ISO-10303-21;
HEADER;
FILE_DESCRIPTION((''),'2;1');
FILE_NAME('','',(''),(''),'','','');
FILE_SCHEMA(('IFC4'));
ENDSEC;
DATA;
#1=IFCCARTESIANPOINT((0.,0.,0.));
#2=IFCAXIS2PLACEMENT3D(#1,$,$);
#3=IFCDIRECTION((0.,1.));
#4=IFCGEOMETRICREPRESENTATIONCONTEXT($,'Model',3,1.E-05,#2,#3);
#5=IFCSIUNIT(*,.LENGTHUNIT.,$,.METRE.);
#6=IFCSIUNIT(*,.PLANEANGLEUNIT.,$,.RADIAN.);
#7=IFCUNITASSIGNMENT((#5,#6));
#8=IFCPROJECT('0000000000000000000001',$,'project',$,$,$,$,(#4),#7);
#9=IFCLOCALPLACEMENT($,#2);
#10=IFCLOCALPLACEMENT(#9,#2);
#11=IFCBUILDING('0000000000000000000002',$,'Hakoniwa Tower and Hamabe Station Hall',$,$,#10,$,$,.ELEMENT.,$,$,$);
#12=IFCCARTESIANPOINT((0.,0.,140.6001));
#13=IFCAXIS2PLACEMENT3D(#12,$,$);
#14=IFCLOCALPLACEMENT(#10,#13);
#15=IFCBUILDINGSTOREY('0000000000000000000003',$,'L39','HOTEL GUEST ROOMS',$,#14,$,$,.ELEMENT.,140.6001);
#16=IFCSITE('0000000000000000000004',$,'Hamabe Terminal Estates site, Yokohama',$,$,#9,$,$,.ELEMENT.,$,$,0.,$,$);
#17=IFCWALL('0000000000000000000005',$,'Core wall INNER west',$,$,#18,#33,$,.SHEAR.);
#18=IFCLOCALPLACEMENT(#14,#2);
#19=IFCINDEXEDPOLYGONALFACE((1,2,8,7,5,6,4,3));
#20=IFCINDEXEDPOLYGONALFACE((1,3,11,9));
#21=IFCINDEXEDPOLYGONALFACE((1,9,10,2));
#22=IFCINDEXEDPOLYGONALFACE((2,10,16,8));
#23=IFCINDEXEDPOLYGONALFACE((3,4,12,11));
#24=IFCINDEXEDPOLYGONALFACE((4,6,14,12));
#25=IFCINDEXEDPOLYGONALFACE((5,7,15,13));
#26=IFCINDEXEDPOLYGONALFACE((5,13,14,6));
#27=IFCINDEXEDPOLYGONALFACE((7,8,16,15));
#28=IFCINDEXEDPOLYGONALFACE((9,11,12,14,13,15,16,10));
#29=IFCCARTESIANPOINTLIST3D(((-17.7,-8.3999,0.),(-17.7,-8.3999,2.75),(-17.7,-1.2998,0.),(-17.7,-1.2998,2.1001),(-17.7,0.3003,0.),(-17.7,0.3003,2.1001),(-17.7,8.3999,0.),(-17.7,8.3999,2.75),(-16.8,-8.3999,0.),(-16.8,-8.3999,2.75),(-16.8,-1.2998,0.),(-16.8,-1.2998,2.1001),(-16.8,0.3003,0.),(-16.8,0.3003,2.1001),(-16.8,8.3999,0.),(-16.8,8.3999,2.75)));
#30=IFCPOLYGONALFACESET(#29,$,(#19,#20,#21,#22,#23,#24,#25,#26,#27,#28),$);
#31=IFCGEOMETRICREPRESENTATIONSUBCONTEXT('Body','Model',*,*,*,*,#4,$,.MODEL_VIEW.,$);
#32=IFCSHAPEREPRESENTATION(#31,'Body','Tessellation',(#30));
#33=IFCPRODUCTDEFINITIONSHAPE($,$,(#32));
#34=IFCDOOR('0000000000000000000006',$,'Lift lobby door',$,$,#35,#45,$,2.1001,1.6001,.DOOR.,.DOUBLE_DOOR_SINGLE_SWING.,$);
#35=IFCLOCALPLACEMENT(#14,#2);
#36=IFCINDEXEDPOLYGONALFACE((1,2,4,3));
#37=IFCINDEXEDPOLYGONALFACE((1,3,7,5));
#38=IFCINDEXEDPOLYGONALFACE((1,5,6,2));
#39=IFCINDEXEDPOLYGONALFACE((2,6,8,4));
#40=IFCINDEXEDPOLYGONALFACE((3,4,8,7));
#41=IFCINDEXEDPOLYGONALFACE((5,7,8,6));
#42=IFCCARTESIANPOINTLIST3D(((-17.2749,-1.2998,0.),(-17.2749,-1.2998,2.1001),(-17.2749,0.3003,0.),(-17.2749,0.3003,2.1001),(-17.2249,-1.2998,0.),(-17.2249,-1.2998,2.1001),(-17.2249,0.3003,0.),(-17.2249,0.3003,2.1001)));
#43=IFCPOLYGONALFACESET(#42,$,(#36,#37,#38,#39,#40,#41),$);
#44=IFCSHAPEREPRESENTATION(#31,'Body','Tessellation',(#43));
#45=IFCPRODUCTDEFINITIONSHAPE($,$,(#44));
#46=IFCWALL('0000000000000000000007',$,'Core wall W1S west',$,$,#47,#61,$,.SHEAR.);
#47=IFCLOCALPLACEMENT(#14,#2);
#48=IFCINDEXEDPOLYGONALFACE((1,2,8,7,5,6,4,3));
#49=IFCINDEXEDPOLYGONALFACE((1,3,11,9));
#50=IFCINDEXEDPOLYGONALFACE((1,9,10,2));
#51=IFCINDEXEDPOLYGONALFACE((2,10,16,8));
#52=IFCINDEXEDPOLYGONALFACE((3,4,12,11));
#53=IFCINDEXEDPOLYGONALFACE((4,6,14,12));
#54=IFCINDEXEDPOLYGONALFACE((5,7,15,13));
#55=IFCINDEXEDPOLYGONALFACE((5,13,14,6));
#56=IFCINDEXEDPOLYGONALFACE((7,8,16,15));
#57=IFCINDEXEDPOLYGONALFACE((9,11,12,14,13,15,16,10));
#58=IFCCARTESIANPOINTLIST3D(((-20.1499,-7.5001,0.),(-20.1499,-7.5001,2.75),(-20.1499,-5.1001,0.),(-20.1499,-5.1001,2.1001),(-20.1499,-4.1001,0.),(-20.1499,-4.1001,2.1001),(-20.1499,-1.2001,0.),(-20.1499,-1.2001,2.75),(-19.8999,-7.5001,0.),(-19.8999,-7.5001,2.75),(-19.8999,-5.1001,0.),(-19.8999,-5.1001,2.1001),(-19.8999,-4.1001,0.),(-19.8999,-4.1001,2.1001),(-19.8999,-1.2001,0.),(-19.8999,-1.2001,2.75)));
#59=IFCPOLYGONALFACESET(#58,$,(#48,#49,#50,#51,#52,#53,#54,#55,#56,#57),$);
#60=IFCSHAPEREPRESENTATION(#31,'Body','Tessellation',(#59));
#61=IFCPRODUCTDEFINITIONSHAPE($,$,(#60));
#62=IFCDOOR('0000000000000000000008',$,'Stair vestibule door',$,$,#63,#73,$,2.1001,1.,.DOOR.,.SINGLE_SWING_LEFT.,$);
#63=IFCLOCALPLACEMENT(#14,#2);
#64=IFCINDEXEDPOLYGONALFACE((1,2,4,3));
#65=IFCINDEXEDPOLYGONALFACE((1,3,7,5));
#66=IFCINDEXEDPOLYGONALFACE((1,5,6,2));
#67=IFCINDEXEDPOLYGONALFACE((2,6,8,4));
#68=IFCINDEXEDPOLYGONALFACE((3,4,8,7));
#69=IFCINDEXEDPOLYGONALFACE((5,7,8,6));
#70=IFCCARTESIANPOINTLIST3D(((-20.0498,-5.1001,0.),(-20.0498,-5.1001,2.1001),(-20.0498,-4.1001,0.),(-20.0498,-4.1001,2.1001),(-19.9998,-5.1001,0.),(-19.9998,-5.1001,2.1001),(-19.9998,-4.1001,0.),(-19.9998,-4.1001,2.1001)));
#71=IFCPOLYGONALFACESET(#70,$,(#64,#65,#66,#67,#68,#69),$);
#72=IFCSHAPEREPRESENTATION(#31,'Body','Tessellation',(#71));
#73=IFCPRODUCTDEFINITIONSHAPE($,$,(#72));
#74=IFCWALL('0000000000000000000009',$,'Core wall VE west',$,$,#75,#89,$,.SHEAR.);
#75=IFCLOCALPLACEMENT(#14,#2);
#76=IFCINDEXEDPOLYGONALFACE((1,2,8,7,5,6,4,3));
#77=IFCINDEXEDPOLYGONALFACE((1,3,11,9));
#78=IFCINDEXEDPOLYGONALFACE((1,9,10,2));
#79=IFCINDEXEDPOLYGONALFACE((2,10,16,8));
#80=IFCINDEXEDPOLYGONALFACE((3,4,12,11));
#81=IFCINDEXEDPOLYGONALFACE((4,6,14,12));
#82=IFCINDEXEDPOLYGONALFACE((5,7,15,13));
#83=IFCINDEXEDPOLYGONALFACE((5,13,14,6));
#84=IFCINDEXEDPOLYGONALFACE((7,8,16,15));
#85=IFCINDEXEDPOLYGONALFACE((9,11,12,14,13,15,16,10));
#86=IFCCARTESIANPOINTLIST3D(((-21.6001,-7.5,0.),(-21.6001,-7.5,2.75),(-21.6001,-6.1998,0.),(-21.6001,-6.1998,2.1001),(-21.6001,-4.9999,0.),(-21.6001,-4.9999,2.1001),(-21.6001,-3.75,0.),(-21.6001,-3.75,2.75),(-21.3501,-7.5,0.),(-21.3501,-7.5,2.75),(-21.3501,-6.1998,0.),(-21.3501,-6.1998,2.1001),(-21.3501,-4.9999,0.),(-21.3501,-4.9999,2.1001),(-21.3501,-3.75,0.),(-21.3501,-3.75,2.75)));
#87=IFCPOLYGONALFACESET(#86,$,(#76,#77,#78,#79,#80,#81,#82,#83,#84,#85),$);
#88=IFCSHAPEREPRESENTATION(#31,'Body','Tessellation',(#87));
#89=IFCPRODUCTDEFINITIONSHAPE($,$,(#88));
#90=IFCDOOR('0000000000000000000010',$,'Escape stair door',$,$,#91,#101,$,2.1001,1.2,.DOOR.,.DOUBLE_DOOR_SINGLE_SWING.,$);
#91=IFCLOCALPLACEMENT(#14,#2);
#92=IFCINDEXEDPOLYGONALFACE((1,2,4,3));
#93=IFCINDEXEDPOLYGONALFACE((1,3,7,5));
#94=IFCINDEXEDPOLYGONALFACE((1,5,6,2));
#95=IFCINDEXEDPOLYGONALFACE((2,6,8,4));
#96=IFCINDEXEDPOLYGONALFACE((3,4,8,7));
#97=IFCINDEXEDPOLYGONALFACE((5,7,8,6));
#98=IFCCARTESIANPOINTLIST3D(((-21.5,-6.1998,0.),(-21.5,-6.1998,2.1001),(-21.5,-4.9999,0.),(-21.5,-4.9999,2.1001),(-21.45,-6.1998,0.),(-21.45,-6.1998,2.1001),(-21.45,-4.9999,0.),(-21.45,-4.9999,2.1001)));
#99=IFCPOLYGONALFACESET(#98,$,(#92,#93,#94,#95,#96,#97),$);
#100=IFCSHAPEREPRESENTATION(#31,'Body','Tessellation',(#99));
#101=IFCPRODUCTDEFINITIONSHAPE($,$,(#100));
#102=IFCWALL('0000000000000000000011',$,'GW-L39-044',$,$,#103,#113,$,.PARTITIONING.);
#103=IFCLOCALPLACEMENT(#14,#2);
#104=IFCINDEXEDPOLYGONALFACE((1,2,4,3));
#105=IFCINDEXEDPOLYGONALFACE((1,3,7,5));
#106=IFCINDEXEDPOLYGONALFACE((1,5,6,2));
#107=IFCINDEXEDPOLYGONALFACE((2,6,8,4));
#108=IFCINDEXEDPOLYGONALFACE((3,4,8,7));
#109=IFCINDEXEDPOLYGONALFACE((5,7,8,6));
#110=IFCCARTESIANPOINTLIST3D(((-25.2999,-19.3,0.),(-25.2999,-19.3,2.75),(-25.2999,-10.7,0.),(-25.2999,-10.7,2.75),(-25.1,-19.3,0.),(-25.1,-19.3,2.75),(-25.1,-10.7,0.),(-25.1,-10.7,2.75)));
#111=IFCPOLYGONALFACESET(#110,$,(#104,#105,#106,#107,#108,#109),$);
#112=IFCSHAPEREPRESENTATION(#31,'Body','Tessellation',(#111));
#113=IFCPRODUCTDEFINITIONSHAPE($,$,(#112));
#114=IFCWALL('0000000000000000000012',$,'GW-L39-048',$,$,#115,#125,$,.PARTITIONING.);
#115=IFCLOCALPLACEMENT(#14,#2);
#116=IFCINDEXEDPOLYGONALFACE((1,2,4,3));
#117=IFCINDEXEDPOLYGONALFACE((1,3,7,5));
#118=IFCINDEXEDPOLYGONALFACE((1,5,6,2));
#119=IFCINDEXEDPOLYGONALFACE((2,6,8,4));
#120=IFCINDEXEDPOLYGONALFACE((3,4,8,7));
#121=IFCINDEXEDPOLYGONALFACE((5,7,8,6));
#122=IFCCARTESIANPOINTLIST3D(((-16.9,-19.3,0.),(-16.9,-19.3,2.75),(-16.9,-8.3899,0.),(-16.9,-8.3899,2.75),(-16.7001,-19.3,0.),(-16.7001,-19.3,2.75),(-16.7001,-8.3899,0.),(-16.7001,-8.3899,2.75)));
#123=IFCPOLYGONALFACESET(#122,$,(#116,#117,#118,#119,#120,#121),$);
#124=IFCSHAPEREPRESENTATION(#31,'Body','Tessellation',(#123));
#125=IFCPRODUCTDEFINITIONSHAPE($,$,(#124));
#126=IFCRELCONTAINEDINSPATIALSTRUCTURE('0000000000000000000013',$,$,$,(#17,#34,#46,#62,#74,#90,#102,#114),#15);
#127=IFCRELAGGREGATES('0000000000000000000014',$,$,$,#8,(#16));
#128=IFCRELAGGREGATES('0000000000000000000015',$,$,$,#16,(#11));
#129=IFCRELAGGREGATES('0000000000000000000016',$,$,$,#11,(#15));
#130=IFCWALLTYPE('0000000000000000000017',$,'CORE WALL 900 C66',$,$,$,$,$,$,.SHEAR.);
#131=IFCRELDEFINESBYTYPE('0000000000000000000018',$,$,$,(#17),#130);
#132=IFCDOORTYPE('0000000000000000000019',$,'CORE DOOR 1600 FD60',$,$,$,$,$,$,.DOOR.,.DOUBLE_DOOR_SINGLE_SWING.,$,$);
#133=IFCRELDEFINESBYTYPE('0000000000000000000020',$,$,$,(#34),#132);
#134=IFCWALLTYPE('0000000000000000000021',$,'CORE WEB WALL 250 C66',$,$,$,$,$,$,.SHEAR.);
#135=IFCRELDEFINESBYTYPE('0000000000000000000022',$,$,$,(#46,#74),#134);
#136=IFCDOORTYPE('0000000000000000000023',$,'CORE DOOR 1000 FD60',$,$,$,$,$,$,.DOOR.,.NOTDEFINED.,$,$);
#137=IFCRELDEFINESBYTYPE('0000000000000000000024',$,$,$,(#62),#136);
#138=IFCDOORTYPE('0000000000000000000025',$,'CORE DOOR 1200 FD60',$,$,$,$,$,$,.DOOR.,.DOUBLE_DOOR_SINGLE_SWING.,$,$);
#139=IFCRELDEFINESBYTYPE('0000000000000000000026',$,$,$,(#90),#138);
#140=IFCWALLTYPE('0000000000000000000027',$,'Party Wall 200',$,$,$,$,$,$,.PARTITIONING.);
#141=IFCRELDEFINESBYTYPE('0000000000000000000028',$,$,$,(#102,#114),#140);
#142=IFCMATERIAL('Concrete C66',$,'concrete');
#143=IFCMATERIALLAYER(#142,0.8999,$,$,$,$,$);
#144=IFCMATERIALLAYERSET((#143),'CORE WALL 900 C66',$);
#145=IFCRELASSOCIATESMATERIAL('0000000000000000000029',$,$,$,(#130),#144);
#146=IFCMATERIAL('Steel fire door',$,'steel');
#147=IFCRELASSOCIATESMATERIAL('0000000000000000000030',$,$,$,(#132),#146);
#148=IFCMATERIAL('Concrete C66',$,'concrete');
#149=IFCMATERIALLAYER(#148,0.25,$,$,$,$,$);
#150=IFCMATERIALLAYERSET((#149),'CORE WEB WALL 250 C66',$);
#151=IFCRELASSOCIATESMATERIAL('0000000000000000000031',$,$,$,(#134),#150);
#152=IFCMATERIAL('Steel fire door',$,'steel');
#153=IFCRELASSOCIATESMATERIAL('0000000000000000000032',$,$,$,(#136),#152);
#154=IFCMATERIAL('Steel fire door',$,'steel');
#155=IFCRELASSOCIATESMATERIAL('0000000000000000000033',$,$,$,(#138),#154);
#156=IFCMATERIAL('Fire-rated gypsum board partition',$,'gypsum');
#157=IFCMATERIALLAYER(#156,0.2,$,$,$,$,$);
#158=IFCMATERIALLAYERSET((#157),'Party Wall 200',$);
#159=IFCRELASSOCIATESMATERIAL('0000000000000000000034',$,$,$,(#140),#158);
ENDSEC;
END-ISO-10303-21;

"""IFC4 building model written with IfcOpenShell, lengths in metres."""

from ifc_helpers import new_model, si_unit, direction, frame, frame_2d, origin, place, context, subcontext, project, spatial, rectangle, extrude, material, layer, layer_set, type_object, element, fill, save


model = new_model("IFC4")

# Units and contexts
model_context = context("Model", 3, precision=1e-05, world=origin(), true_north=direction((0.0, 1.0)))
body_context = subcontext(model_context, "Body", "Model", "MODEL_VIEW")
ifc_project = project(units=[si_unit("LENGTHUNIT", "METRE"), si_unit("PLANEANGLEUNIT", "RADIAN")], contexts=[model_context])

# Site, building, storey
site_placement = place(None, origin())
site = spatial("IfcSite", under=ifc_project, at=site_placement, Name="Hamabe Terminal Estates site, Yokohama", CompositionType="ELEMENT", RefElevation=0.0)
building_placement = place(site_placement, origin())
building = spatial("IfcBuilding", under=site, at=building_placement, Name="Hakoniwa Tower and Hamabe Station Hall", CompositionType="ELEMENT")
storey_placement = place(building_placement, frame((0.0, 0.0, 140.6001)))
storey = spatial("IfcBuildingStorey", under=building, at=storey_placement, Name="L39", Description="HOTEL GUEST ROOMS", CompositionType="ELEMENT", Elevation=140.6001)

# Walls, openings, doors
ifc_material_1 = material(Name="Concrete C66", Category="concrete")
ifc_layer_1 = layer(ifc_material_1, 0.8999)
ifc_layer_set_1 = layer_set([ifc_layer_1], Name="CORE WALL 900 C66")
wall_type_1 = type_object("IfcWallType", Name="CORE WALL 900 C66", PredefinedType="SHEAR", material=ifc_layer_set_1)
wall_1_placement = place(storey_placement, frame((-17.25, -8.3999, 0.0), z_axis=(0.0, 0.0, 1.0), x_axis=(0.0, 1.0, 0.0)))
wall_1 = element("IfcWall", 1, at=wall_1_placement, inside=storey, type_object=wall_type_1, Name="Core wall INNER west", PredefinedType="SHEAR", context=body_context, shape_type="SweptSolid", body=[
    extrude(rectangle(XDim=16.7998, YDim=0.8999, at=frame_2d((8.3999, 0.0))), origin(), (0.0, 0.0, 1.0), 2.75),
])
opening_1_placement = place(wall_1_placement, frame((7.1001, 0.0, 0.0)))
opening_1 = element("IfcOpeningElement", 2, at=opening_1_placement, cuts=wall_1, PredefinedType="OPENING", context=body_context, shape_type="SweptSolid", body=[
    extrude(rectangle(XDim=1.6001, YDim=2.1001, at=frame_2d((0.8, 1.05))), frame((0.0, 0.46, 0.0), z_axis=(0.0, -1.0, 0.0), x_axis=(1.0, 0.0, 0.0)), (0.0, 0.0, 1.0), 0.9199),
])
ifc_material_2 = material(Name="Steel fire door", Category="steel")
door_type_1 = type_object("IfcDoorType", Name="CORE DOOR 1600 FD60", OperationType="DOUBLE_DOOR_SINGLE_SWING", PredefinedType="DOOR", material=ifc_material_2)
door_1_placement = place(opening_1_placement, origin())
door_1 = element("IfcDoor", 3, at=door_1_placement, inside=storey, type_object=door_type_1, Name="Lift lobby door", OperationType="DOUBLE_DOOR_SINGLE_SWING", OverallHeight=2.1001, OverallWidth=1.6001, PredefinedType="DOOR", context=body_context, shape_type="SweptSolid", body=[
    extrude(rectangle(XDim=1.6001, YDim=2.1001, at=frame_2d((0.8, 1.05))), frame((0.0, 0.0249, 0.0), z_axis=(0.0, -1.0, 0.0), x_axis=(1.0, 0.0, 0.0)), (0.0, 0.0, 1.0), 0.05),
])
fill(opening_1, door_1)
ifc_material_3 = material(Name="Concrete C66", Category="concrete")
ifc_layer_2 = layer(ifc_material_3, 0.25)
ifc_layer_set_2 = layer_set([ifc_layer_2], Name="CORE WEB WALL 250 C66")
wall_type_2 = type_object("IfcWallType", Name="CORE WEB WALL 250 C66", PredefinedType="SHEAR", material=ifc_layer_set_2)
wall_2_placement = place(storey_placement, frame((-20.0249, -7.5, 0.0), z_axis=(0.0, 0.0, 1.0), x_axis=(0.0, 1.0, 0.0)))
wall_2 = element("IfcWall", 4, at=wall_2_placement, inside=storey, type_object=wall_type_2, Name="Core wall W1S west", PredefinedType="SHEAR", context=body_context, shape_type="SweptSolid", body=[
    extrude(rectangle(XDim=6.3, YDim=0.25, at=frame_2d((3.1499, 0.0))), origin(), (0.0, 0.0, 1.0), 2.75),
])
opening_2_placement = place(wall_2_placement, frame((2.3999, 0.0, 0.0)))
opening_2 = element("IfcOpeningElement", 5, at=opening_2_placement, cuts=wall_2, PredefinedType="OPENING", context=body_context, shape_type="SweptSolid", body=[
    extrude(rectangle(XDim=1.0, YDim=2.1001, at=frame_2d((0.5, 1.05))), frame((0.0, 0.135, 0.0), z_axis=(0.0, -1.0, 0.0), x_axis=(1.0, 0.0, 0.0)), (0.0, 0.0, 1.0), 0.27),
])
ifc_material_4 = material(Name="Steel fire door", Category="steel")
door_type_2 = type_object("IfcDoorType", Name="CORE DOOR 1000 FD60", OperationType="NOTDEFINED", PredefinedType="DOOR", material=ifc_material_4)
door_2_placement = place(opening_2_placement, origin())
door_2 = element("IfcDoor", 6, at=door_2_placement, inside=storey, type_object=door_type_2, Name="Stair vestibule door", OperationType="SINGLE_SWING_LEFT", OverallHeight=2.1001, OverallWidth=1.0, PredefinedType="DOOR", context=body_context, shape_type="SweptSolid", body=[
    extrude(rectangle(XDim=1.0, YDim=2.1001, at=frame_2d((0.5, 1.05))), frame((0.0, 0.0249, 0.0), z_axis=(0.0, -1.0, 0.0), x_axis=(1.0, 0.0, 0.0)), (0.0, 0.0, 1.0), 0.05),
])
fill(opening_2, door_2)
wall_3_placement = place(storey_placement, frame((-21.4751, -7.5, 0.0), z_axis=(0.0, 0.0, 1.0), x_axis=(0.0, 1.0, 0.0)))
wall_3 = element("IfcWall", 7, at=wall_3_placement, inside=storey, type_object=wall_type_2, Name="Core wall VE west", PredefinedType="SHEAR", context=body_context, shape_type="SweptSolid", body=[
    extrude(rectangle(XDim=3.75, YDim=0.25, at=frame_2d((1.875, 0.0))), origin(), (0.0, 0.0, 1.0), 2.75),
])
opening_3_placement = place(wall_3_placement, frame((1.3, 0.0, 0.0)))
opening_3 = element("IfcOpeningElement", 8, at=opening_3_placement, cuts=wall_3, PredefinedType="OPENING", context=body_context, shape_type="SweptSolid", body=[
    extrude(rectangle(XDim=1.2, YDim=2.1001, at=frame_2d((0.6001, 1.05))), frame((0.0, 0.135, 0.0), z_axis=(0.0, -1.0, 0.0), x_axis=(1.0, 0.0, 0.0)), (0.0, 0.0, 1.0), 0.27),
])
ifc_material_5 = material(Name="Steel fire door", Category="steel")
door_type_3 = type_object("IfcDoorType", Name="CORE DOOR 1200 FD60", OperationType="DOUBLE_DOOR_SINGLE_SWING", PredefinedType="DOOR", material=ifc_material_5)
door_3_placement = place(opening_3_placement, origin())
door_3 = element("IfcDoor", 9, at=door_3_placement, inside=storey, type_object=door_type_3, Name="Escape stair door", OperationType="DOUBLE_DOOR_SINGLE_SWING", OverallHeight=2.1001, OverallWidth=1.2, PredefinedType="DOOR", context=body_context, shape_type="SweptSolid", body=[
    extrude(rectangle(XDim=1.2, YDim=2.1001, at=frame_2d((0.6001, 1.05))), frame((0.0, 0.0249, 0.0), z_axis=(0.0, -1.0, 0.0), x_axis=(1.0, 0.0, 0.0)), (0.0, 0.0, 1.0), 0.05),
])
fill(opening_3, door_3)

# Walls
ifc_material_6 = material(Name="Fire-rated gypsum board partition", Category="gypsum")
ifc_layer_3 = layer(ifc_material_6, 0.2)
ifc_layer_set_3 = layer_set([ifc_layer_3], Name="Party Wall 200")
wall_type_3 = type_object("IfcWallType", Name="Party Wall 200", PredefinedType="PARTITIONING", material=ifc_layer_set_3)
wall_4_placement = place(storey_placement, frame((-25.2, -19.3, 0.0), z_axis=(0.0, 0.0, 1.0), x_axis=(0.0, 1.0, 0.0)))
element("IfcWall", 10, at=wall_4_placement, inside=storey, type_object=wall_type_3, Name="GW-L39-044", PredefinedType="PARTITIONING", context=body_context, shape_type="SweptSolid", body=[
    extrude(rectangle(XDim=8.6001, YDim=0.2, at=frame_2d((4.3, 0.0))), origin(), (0.0, 0.0, 1.0), 2.75),
])
wall_5_placement = place(storey_placement, frame((-16.8, -19.3, 0.0), z_axis=(0.0, 0.0, 1.0), x_axis=(0.0, 1.0, 0.0)))
element("IfcWall", 11, at=wall_5_placement, inside=storey, type_object=wall_type_3, Name="GW-L39-048", PredefinedType="PARTITIONING", context=body_context, shape_type="SweptSolid", body=[
    extrude(rectangle(XDim=10.9102, YDim=0.2, at=frame_2d((5.4551, 0.0))), origin(), (0.0, 0.0, 1.0), 2.75),
])

save(model, "model.ifc")
